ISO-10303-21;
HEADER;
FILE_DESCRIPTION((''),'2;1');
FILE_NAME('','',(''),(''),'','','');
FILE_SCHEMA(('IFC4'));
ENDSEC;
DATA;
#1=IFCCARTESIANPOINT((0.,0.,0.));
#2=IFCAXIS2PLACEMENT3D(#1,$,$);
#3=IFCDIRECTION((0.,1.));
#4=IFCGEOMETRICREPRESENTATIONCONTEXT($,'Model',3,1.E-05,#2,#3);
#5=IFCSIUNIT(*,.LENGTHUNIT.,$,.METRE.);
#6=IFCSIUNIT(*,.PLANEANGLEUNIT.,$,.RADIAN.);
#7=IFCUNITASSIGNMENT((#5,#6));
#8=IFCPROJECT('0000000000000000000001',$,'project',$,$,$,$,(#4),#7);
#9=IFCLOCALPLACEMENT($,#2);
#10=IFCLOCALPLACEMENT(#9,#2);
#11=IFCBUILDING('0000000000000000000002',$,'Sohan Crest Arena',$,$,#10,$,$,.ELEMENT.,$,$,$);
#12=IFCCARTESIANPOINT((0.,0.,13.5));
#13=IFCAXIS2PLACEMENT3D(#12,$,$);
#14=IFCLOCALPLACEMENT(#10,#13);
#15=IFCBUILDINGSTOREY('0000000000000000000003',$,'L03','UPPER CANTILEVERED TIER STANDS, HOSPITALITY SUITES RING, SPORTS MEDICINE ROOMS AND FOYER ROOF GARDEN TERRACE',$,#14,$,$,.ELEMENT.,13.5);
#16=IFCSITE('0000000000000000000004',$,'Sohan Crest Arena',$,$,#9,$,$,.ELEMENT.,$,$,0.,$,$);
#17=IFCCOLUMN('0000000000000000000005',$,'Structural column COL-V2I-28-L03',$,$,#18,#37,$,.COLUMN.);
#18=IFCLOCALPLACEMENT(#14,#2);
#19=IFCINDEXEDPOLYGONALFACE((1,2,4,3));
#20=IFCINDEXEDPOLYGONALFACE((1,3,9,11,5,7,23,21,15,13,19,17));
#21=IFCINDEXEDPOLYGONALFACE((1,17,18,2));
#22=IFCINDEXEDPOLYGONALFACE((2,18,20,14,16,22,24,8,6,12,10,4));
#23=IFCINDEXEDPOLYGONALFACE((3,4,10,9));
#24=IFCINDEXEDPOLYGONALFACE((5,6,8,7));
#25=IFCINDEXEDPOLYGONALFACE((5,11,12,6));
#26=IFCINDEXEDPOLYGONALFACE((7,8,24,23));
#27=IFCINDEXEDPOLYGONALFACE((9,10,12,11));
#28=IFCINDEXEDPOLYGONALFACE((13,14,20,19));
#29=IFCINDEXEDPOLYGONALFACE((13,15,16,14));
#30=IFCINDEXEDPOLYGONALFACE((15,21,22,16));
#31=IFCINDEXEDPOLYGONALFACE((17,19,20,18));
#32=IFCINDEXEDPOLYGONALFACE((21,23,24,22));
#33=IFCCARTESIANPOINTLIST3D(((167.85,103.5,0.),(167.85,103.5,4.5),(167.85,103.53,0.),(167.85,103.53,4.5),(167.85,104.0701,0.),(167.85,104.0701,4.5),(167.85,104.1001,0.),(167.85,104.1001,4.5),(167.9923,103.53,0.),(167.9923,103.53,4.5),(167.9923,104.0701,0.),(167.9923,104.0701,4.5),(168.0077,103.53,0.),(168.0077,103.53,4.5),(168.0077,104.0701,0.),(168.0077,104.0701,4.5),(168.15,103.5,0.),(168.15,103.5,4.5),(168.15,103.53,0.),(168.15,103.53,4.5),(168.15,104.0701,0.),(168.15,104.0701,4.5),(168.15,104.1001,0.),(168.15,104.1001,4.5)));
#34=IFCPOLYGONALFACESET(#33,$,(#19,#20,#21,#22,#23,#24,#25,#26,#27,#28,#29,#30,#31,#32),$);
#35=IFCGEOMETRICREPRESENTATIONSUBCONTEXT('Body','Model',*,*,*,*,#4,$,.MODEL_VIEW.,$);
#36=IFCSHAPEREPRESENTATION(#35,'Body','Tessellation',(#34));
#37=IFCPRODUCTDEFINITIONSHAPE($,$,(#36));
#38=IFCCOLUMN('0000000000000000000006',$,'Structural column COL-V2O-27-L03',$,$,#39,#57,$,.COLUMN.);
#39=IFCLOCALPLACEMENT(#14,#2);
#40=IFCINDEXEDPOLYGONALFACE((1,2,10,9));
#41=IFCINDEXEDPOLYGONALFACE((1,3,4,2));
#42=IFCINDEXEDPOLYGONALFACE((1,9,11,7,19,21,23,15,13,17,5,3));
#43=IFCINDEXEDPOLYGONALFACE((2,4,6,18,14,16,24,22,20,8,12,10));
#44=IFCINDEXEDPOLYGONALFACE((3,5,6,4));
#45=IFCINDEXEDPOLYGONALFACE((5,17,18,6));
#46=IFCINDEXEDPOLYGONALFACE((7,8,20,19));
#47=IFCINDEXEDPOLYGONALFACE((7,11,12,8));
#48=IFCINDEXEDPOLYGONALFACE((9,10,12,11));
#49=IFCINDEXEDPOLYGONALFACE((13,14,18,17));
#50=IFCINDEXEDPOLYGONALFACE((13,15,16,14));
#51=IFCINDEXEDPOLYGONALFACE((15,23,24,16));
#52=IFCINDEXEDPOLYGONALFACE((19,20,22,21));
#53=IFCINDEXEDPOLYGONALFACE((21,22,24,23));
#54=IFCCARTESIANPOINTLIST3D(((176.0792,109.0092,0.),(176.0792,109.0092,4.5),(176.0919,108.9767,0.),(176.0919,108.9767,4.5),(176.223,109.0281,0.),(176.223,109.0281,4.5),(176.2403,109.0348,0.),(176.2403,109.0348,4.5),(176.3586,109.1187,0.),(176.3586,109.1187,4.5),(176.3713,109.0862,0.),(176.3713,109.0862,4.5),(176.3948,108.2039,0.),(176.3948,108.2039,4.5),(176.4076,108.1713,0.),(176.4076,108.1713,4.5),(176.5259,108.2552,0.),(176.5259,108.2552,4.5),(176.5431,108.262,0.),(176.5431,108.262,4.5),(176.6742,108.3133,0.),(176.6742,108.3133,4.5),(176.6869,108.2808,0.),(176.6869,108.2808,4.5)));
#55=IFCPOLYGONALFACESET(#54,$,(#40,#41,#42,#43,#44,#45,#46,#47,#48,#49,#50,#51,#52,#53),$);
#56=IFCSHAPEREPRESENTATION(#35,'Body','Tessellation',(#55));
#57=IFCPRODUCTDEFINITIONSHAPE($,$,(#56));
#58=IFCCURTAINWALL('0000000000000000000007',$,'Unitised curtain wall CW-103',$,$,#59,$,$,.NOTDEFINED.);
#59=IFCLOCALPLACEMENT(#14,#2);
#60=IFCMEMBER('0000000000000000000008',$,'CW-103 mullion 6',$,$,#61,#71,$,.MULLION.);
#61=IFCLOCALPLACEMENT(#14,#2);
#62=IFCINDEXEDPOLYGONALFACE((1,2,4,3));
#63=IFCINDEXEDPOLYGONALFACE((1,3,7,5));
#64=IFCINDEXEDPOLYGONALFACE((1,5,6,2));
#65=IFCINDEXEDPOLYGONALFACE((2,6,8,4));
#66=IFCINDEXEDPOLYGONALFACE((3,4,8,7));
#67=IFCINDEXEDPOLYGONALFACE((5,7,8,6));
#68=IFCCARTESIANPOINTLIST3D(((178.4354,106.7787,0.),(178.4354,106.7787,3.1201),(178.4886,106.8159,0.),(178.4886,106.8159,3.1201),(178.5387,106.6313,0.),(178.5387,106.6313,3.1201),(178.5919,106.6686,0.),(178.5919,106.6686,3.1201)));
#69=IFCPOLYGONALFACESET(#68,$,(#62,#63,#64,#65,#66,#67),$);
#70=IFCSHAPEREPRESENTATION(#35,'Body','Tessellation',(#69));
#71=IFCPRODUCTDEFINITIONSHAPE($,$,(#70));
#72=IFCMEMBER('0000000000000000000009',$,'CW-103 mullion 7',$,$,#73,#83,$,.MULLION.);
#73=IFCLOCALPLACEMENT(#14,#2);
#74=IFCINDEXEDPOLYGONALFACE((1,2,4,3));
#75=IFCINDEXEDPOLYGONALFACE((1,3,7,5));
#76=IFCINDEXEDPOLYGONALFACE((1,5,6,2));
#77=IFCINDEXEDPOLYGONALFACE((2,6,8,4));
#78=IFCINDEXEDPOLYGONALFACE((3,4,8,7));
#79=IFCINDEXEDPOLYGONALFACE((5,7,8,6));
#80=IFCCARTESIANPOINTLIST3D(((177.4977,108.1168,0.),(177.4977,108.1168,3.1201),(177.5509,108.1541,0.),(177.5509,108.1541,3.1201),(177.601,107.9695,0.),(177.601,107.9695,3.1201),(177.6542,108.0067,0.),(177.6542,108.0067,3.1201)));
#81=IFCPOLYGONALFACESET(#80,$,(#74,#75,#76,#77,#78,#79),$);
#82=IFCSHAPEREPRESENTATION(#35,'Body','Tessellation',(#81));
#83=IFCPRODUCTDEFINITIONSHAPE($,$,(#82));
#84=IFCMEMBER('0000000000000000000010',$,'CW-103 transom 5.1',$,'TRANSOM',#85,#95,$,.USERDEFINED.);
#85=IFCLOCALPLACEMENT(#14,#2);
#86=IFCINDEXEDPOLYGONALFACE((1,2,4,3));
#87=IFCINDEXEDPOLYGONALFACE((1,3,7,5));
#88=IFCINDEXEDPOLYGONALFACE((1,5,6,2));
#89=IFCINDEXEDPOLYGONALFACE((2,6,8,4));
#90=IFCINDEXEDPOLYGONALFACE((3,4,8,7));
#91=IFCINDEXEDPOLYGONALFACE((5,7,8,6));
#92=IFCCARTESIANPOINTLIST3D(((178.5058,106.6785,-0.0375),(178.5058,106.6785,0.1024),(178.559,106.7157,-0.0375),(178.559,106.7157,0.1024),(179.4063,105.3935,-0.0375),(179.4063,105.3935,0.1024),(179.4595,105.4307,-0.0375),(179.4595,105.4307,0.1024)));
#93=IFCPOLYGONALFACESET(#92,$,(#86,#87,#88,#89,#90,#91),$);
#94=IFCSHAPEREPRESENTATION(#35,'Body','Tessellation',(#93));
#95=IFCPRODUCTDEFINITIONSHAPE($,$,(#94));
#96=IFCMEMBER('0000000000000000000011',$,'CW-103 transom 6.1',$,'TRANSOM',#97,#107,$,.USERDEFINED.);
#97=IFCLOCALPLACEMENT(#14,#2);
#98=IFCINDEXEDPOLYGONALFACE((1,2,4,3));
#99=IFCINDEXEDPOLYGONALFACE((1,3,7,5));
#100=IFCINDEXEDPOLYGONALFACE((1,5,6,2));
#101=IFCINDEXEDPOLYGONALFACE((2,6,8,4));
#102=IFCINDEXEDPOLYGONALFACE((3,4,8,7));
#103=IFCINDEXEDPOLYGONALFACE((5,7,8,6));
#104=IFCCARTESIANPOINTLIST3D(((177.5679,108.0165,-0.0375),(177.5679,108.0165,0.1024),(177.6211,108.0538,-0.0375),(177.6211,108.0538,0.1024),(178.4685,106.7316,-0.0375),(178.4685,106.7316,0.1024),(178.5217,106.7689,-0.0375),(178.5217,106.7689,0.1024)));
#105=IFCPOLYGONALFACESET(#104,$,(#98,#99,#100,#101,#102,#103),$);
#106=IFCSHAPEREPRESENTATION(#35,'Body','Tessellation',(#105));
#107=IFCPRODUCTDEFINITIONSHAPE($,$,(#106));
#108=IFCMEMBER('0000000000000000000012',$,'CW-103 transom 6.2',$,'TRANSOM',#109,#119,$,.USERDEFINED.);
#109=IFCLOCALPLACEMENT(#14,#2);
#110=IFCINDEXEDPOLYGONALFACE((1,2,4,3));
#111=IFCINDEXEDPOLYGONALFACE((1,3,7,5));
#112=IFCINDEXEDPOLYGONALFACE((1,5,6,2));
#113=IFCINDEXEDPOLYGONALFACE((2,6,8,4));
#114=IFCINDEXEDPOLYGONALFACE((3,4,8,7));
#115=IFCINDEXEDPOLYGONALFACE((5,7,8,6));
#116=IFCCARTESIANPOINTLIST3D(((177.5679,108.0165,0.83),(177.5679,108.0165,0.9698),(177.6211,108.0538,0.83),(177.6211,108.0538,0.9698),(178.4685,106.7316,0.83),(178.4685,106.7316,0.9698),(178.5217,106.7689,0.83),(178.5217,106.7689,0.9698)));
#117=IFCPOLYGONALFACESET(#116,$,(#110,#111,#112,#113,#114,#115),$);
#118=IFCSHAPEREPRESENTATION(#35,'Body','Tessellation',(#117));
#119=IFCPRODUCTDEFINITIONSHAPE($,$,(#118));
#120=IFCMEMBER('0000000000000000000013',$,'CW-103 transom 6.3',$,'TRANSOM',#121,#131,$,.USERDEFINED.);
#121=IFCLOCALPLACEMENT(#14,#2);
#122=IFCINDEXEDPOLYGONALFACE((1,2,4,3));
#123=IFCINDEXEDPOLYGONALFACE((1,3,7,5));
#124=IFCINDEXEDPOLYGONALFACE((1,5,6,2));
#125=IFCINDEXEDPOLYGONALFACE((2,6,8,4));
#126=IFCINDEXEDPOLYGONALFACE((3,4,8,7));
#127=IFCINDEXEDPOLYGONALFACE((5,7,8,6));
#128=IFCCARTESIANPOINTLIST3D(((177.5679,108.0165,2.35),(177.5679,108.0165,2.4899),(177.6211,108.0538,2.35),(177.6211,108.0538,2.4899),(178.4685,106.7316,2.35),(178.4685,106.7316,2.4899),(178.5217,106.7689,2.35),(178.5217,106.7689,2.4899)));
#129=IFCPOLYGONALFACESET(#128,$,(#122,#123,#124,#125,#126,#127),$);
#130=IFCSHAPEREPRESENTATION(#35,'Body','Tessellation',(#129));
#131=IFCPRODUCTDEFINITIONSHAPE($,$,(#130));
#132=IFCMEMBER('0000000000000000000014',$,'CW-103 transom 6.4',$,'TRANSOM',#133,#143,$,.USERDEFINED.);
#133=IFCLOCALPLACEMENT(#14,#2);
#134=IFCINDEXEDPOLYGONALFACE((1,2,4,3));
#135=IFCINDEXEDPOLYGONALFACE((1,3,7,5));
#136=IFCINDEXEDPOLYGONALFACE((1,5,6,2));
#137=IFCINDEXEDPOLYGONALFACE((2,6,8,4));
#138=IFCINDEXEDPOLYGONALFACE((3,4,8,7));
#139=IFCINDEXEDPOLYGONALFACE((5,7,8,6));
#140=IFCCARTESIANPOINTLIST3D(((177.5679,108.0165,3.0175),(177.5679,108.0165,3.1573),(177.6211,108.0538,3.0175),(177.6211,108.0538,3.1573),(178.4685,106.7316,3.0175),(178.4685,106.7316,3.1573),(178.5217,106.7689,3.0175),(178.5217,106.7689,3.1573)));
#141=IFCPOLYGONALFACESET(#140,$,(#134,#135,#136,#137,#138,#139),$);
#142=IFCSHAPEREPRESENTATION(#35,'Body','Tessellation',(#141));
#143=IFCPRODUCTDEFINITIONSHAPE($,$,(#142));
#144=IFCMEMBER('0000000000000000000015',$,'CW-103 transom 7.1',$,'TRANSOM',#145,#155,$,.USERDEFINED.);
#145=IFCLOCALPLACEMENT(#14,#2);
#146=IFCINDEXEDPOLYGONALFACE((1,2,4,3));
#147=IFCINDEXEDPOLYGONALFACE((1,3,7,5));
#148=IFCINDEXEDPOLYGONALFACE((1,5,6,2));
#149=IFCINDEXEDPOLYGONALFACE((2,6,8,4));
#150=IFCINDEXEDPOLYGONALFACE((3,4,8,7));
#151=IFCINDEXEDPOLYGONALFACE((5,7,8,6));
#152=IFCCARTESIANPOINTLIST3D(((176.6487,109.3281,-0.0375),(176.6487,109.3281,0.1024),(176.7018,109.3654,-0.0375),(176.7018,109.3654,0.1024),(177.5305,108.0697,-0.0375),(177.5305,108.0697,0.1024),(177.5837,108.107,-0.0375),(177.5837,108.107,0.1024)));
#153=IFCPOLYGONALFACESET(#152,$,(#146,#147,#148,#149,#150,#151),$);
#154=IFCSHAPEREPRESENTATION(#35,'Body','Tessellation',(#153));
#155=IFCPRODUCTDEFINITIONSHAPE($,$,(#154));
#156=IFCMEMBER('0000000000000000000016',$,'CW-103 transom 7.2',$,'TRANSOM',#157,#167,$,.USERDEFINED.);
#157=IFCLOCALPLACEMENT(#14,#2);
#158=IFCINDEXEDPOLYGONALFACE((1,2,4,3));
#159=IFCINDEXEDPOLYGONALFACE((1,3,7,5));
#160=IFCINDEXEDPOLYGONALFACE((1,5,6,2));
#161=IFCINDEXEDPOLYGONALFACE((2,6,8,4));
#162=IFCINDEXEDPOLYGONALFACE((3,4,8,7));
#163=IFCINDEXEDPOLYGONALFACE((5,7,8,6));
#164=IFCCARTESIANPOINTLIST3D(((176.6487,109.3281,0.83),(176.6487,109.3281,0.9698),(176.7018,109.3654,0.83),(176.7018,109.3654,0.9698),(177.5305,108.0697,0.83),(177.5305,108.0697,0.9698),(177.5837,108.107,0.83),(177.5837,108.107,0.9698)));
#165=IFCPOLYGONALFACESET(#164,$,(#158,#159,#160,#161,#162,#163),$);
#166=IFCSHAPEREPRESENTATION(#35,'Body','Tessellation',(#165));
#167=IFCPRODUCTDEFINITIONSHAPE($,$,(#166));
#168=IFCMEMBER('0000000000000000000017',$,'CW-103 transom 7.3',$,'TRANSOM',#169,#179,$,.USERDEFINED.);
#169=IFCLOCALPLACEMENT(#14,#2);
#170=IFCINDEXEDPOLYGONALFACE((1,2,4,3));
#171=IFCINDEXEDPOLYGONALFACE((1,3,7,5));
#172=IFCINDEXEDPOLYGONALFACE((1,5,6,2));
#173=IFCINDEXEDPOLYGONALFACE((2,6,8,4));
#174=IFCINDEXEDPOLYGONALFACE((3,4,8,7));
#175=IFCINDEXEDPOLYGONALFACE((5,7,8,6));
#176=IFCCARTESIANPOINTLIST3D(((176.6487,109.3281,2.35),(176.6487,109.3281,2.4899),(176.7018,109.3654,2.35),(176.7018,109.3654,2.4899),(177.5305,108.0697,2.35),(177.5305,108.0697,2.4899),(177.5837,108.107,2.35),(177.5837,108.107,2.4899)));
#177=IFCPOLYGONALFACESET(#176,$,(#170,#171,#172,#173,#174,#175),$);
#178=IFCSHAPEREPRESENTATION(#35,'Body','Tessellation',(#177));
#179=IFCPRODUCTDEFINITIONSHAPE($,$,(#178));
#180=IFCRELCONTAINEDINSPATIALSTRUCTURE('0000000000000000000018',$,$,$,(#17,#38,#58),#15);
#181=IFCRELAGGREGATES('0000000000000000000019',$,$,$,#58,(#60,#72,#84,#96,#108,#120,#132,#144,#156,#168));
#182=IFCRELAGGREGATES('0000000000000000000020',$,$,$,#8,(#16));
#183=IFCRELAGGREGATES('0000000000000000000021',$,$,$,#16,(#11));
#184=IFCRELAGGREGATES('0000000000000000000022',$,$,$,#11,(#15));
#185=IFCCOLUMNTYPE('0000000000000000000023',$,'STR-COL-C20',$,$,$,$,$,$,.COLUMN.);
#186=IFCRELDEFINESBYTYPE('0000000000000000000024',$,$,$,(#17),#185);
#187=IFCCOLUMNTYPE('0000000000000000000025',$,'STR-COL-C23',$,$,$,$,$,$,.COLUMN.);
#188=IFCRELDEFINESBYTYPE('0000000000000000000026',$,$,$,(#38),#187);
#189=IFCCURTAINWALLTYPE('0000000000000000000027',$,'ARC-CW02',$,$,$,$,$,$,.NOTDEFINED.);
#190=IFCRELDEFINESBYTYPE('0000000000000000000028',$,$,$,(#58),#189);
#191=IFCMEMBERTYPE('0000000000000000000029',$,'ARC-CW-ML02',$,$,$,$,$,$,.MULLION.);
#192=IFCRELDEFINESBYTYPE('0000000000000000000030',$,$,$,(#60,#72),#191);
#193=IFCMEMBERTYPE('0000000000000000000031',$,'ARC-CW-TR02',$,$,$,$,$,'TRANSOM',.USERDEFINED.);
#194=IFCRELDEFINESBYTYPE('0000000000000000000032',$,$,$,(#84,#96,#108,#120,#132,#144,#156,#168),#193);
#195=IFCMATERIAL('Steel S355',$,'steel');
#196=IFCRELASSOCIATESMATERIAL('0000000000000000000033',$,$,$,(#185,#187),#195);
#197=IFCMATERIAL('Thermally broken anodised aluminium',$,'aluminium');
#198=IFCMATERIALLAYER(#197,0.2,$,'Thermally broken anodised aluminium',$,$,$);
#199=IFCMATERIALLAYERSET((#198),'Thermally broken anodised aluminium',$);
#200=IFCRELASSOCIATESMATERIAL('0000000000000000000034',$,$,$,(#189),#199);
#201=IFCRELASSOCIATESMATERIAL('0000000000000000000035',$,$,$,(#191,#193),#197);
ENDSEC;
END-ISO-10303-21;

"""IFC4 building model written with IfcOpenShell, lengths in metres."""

from ifc_helpers import new_model, si_unit, direction, frame, origin, origin_2d, place, context, subcontext, project, spatial, rectangle, i_section, extrude, material, layer, layer_set, material_profile, profile_set, type_object, element, aggregate, save


model = new_model("IFC4")

# Units and contexts
model_context = context("Model", 3, precision=1e-05, world=origin(), true_north=direction((0.0, 1.0)))
body_context = subcontext(model_context, "Body", "Model", "MODEL_VIEW")
ifc_project = project(units=[si_unit("LENGTHUNIT", "METRE"), si_unit("PLANEANGLEUNIT", "RADIAN")], contexts=[model_context])

# Site, building, storey
site_placement = place(None, origin())
site = spatial("IfcSite", under=ifc_project, at=site_placement, Name="Sohan Crest Arena", CompositionType="ELEMENT", RefElevation=0.0)
building_placement = place(site_placement, origin())
building = spatial("IfcBuilding", under=site, at=building_placement, Name="Sohan Crest Arena", CompositionType="ELEMENT")
storey_placement = place(building_placement, frame((0.0, 0.0, 13.5)))
storey = spatial("IfcBuildingStorey", under=building, at=storey_placement, Name="L03", Description="UPPER CANTILEVERED TIER STANDS, HOSPITALITY SUITES RING, SPORTS MEDICINE ROOMS AND FOYER ROOF GARDEN TERRACE", CompositionType="ELEMENT", Elevation=13.5)

# Columns
ifc_material_1 = material(Name="Steel S355", Category="steel")
ifc_material_profile_1 = material_profile(ifc_material_1, i_section(OverallWidth=0.3, OverallDepth=0.6001, WebThickness=0.0154, FlangeThickness=0.03, at=origin_2d()), Name="HEB 600")
ifc_profile_set_1 = profile_set([ifc_material_profile_1], Name="Steel S355")
column_type_1 = type_object("IfcColumnType", Name="STR-COL-C20", PredefinedType="COLUMN", material=ifc_profile_set_1)
column_1_placement = place(storey_placement, frame((168.0, 103.8, 0.0), z_axis=(0.0, 0.0, 1.0), x_axis=(1.0, 0.0, 0.0)))
element("IfcColumn", 1, at=column_1_placement, inside=storey, type_object=column_type_1, Name="Structural column COL-V2I-28-L03", PredefinedType="COLUMN", context=body_context, shape_type="SweptSolid", body=[
    extrude(i_section(OverallWidth=0.3, OverallDepth=0.6001, WebThickness=0.0154, FlangeThickness=0.03, at=origin_2d()), origin(), (0.0, 0.0, 1.0), 4.5),
])
ifc_material_profile_2 = material_profile(ifc_material_1, i_section(OverallWidth=0.3, OverallDepth=0.8999, WebThickness=0.0186, FlangeThickness=0.0349, at=origin_2d()), Name="HEB 900")
ifc_profile_set_2 = profile_set([ifc_material_profile_2], Name="Steel S355")
column_type_2 = type_object("IfcColumnType", Name="STR-COL-C23", PredefinedType="COLUMN", material=ifc_profile_set_2)
column_2_placement = place(storey_placement, frame((176.3831, 108.645, 0.0), z_axis=(0.0, 0.0, 1.0), x_axis=(0.931056, 0.364877, 0.0)))
element("IfcColumn", 2, at=column_2_placement, inside=storey, type_object=column_type_2, Name="Structural column COL-V2O-27-L03", PredefinedType="COLUMN", context=body_context, shape_type="SweptSolid", body=[
    extrude(i_section(OverallWidth=0.3, OverallDepth=0.8999, WebThickness=0.0186, FlangeThickness=0.0349, at=origin_2d()), origin(), (0.0, 0.0, 1.0), 4.5),
])

# Curtain wall, members
ifc_material_2 = material(Name="Thermally broken anodised aluminium", Category="aluminium")
ifc_layer_1 = layer(ifc_material_2, 0.2, Name="Thermally broken anodised aluminium")
ifc_layer_set_1 = layer_set([ifc_layer_1], Name="Thermally broken anodised aluminium")
curtain_wall_type = type_object("IfcCurtainWallType", Name="ARC-CW02", PredefinedType="NOTDEFINED", material=ifc_layer_set_1)
curtain_wall_placement = place(storey_placement, origin())
curtain_wall = element("IfcCurtainWall", 3, at=curtain_wall_placement, inside=storey, type_object=curtain_wall_type, Name="Unitised curtain wall CW-103", PredefinedType="NOTDEFINED")
ifc_material_profile_3 = material_profile(ifc_material_2, rectangle(XDim=0.0649, YDim=0.1799, at=origin_2d()), Name="ALU-MULL 65x180")
ifc_profile_set_3 = profile_set([ifc_material_profile_3], Name="Thermally broken anodised aluminium")
member_type_1 = type_object("IfcMemberType", Name="ARC-CW-ML02", PredefinedType="MULLION", material=ifc_profile_set_3)
member_1_placement = place(storey_placement, frame((178.5137, 106.7236, 0.0), z_axis=(0.0, 0.0, 1.0), x_axis=(-0.818899, -0.573938, 0.0)))
member_1 = element("IfcMember", 4, at=member_1_placement, type_object=member_type_1, Name="CW-103 mullion 6", PredefinedType="MULLION", context=body_context, shape_type="SweptSolid", body=[
    extrude(rectangle(XDim=0.0649, YDim=0.1799, at=origin_2d()), origin(), (0.0, 0.0, 1.0), 3.1201),
])
member_2_placement = place(storey_placement, frame((177.5759, 108.0618, 0.0), z_axis=(0.0, 0.0, 1.0), x_axis=(-0.818899, -0.573938, 0.0)))
member_2 = element("IfcMember", 5, at=member_2_placement, type_object=member_type_1, Name="CW-103 mullion 7", PredefinedType="MULLION", context=body_context, shape_type="SweptSolid", body=[
    extrude(rectangle(XDim=0.0649, YDim=0.1799, at=origin_2d()), origin(), (0.0, 0.0, 1.0), 3.1201),
])
ifc_material_profile_4 = material_profile(ifc_material_2, rectangle(XDim=0.0649, YDim=0.1399, at=origin_2d()), Name="ALU-TRAN 65x140")
ifc_profile_set_4 = profile_set([ifc_material_profile_4], Name="Thermally broken anodised aluminium")
member_type_2 = type_object("IfcMemberType", Name="ARC-CW-TR02", ElementType="TRANSOM", PredefinedType="USERDEFINED", material=ifc_profile_set_4)
member_3_placement = place(storey_placement, frame((179.4329, 105.4121, 0.0325), z_axis=(-0.57387, 0.818947, 0.0), x_axis=(-0.818947, -0.57387, 0.0)))
member_3 = element("IfcMember", 6, at=member_3_placement, type_object=member_type_2, Name="CW-103 transom 5.1", ObjectType="TRANSOM", PredefinedType="USERDEFINED", context=body_context, shape_type="SweptSolid", body=[
    extrude(rectangle(XDim=0.0649, YDim=0.1399, at=origin_2d()), origin(), (0.0, 0.0, 1.0), 1.5691),
])
member_4_placement = place(storey_placement, frame((178.4951, 106.7502, 0.0325), z_axis=(-0.573974, 0.818874, 0.0), x_axis=(-0.818874, -0.573974, 0.0)))
member_4 = element("IfcMember", 7, at=member_4_placement, type_object=member_type_2, Name="CW-103 transom 6.1", ObjectType="TRANSOM", PredefinedType="USERDEFINED", context=body_context, shape_type="SweptSolid", body=[
    extrude(rectangle(XDim=0.0649, YDim=0.1399, at=origin_2d()), origin(), (0.0, 0.0, 1.0), 1.5691),
])
member_5_placement = place(storey_placement, frame((178.4951, 106.7502, 0.8999), z_axis=(-0.573974, 0.818874, 0.0), x_axis=(-0.818874, -0.573974, 0.0)))
member_5 = element("IfcMember", 8, at=member_5_placement, type_object=member_type_2, Name="CW-103 transom 6.2", ObjectType="TRANSOM", PredefinedType="USERDEFINED", context=body_context, shape_type="SweptSolid", body=[
    extrude(rectangle(XDim=0.0649, YDim=0.1399, at=origin_2d()), origin(), (0.0, 0.0, 1.0), 1.5691),
])
member_6_placement = place(storey_placement, frame((178.4951, 106.7502, 2.4199), z_axis=(-0.573974, 0.818874, 0.0), x_axis=(-0.818874, -0.573974, 0.0)))
member_6 = element("IfcMember", 9, at=member_6_placement, type_object=member_type_2, Name="CW-103 transom 6.3", ObjectType="TRANSOM", PredefinedType="USERDEFINED", context=body_context, shape_type="SweptSolid", body=[
    extrude(rectangle(XDim=0.0649, YDim=0.1399, at=origin_2d()), origin(), (0.0, 0.0, 1.0), 1.5691),
])
member_7_placement = place(storey_placement, frame((178.4951, 106.7502, 3.0874), z_axis=(-0.573974, 0.818874, 0.0), x_axis=(-0.818874, -0.573974, 0.0)))
member_7 = element("IfcMember", 10, at=member_7_placement, type_object=member_type_2, Name="CW-103 transom 6.4", ObjectType="TRANSOM", PredefinedType="USERDEFINED", context=body_context, shape_type="SweptSolid", body=[
    extrude(rectangle(XDim=0.0649, YDim=0.1399, at=origin_2d()), origin(), (0.0, 0.0, 1.0), 1.5691),
])
member_8_placement = place(storey_placement, frame((177.5571, 108.0884, 0.0325), z_axis=(-0.57391, 0.818918, 0.0), x_axis=(-0.818918, -0.57391, 0.0)))
member_8 = element("IfcMember", 11, at=member_8_placement, type_object=member_type_2, Name="CW-103 transom 7.1", ObjectType="TRANSOM", PredefinedType="USERDEFINED", context=body_context, shape_type="SweptSolid", body=[
    extrude(rectangle(XDim=0.0649, YDim=0.1399, at=origin_2d()), origin(), (0.0, 0.0, 1.0), 1.5366),
])
member_9_placement = place(storey_placement, frame((177.5571, 108.0884, 0.8999), z_axis=(-0.57391, 0.818918, 0.0), x_axis=(-0.818918, -0.57391, 0.0)))
member_9 = element("IfcMember", 12, at=member_9_placement, type_object=member_type_2, Name="CW-103 transom 7.2", ObjectType="TRANSOM", PredefinedType="USERDEFINED", context=body_context, shape_type="SweptSolid", body=[
    extrude(rectangle(XDim=0.0649, YDim=0.1399, at=origin_2d()), origin(), (0.0, 0.0, 1.0), 1.5366),
])
member_10_placement = place(storey_placement, frame((177.5571, 108.0884, 2.4199), z_axis=(-0.57391, 0.818918, 0.0), x_axis=(-0.818918, -0.57391, 0.0)))
member_10 = element("IfcMember", 13, at=member_10_placement, type_object=member_type_2, Name="CW-103 transom 7.3", ObjectType="TRANSOM", PredefinedType="USERDEFINED", context=body_context, shape_type="SweptSolid", body=[
    extrude(rectangle(XDim=0.0649, YDim=0.1399, at=origin_2d()), origin(), (0.0, 0.0, 1.0), 1.5366),
])

aggregate(curtain_wall, [member_1, member_2, member_3, member_4, member_5, member_6, member_7, member_8, member_9, member_10])

save(model, "model.ifc")
